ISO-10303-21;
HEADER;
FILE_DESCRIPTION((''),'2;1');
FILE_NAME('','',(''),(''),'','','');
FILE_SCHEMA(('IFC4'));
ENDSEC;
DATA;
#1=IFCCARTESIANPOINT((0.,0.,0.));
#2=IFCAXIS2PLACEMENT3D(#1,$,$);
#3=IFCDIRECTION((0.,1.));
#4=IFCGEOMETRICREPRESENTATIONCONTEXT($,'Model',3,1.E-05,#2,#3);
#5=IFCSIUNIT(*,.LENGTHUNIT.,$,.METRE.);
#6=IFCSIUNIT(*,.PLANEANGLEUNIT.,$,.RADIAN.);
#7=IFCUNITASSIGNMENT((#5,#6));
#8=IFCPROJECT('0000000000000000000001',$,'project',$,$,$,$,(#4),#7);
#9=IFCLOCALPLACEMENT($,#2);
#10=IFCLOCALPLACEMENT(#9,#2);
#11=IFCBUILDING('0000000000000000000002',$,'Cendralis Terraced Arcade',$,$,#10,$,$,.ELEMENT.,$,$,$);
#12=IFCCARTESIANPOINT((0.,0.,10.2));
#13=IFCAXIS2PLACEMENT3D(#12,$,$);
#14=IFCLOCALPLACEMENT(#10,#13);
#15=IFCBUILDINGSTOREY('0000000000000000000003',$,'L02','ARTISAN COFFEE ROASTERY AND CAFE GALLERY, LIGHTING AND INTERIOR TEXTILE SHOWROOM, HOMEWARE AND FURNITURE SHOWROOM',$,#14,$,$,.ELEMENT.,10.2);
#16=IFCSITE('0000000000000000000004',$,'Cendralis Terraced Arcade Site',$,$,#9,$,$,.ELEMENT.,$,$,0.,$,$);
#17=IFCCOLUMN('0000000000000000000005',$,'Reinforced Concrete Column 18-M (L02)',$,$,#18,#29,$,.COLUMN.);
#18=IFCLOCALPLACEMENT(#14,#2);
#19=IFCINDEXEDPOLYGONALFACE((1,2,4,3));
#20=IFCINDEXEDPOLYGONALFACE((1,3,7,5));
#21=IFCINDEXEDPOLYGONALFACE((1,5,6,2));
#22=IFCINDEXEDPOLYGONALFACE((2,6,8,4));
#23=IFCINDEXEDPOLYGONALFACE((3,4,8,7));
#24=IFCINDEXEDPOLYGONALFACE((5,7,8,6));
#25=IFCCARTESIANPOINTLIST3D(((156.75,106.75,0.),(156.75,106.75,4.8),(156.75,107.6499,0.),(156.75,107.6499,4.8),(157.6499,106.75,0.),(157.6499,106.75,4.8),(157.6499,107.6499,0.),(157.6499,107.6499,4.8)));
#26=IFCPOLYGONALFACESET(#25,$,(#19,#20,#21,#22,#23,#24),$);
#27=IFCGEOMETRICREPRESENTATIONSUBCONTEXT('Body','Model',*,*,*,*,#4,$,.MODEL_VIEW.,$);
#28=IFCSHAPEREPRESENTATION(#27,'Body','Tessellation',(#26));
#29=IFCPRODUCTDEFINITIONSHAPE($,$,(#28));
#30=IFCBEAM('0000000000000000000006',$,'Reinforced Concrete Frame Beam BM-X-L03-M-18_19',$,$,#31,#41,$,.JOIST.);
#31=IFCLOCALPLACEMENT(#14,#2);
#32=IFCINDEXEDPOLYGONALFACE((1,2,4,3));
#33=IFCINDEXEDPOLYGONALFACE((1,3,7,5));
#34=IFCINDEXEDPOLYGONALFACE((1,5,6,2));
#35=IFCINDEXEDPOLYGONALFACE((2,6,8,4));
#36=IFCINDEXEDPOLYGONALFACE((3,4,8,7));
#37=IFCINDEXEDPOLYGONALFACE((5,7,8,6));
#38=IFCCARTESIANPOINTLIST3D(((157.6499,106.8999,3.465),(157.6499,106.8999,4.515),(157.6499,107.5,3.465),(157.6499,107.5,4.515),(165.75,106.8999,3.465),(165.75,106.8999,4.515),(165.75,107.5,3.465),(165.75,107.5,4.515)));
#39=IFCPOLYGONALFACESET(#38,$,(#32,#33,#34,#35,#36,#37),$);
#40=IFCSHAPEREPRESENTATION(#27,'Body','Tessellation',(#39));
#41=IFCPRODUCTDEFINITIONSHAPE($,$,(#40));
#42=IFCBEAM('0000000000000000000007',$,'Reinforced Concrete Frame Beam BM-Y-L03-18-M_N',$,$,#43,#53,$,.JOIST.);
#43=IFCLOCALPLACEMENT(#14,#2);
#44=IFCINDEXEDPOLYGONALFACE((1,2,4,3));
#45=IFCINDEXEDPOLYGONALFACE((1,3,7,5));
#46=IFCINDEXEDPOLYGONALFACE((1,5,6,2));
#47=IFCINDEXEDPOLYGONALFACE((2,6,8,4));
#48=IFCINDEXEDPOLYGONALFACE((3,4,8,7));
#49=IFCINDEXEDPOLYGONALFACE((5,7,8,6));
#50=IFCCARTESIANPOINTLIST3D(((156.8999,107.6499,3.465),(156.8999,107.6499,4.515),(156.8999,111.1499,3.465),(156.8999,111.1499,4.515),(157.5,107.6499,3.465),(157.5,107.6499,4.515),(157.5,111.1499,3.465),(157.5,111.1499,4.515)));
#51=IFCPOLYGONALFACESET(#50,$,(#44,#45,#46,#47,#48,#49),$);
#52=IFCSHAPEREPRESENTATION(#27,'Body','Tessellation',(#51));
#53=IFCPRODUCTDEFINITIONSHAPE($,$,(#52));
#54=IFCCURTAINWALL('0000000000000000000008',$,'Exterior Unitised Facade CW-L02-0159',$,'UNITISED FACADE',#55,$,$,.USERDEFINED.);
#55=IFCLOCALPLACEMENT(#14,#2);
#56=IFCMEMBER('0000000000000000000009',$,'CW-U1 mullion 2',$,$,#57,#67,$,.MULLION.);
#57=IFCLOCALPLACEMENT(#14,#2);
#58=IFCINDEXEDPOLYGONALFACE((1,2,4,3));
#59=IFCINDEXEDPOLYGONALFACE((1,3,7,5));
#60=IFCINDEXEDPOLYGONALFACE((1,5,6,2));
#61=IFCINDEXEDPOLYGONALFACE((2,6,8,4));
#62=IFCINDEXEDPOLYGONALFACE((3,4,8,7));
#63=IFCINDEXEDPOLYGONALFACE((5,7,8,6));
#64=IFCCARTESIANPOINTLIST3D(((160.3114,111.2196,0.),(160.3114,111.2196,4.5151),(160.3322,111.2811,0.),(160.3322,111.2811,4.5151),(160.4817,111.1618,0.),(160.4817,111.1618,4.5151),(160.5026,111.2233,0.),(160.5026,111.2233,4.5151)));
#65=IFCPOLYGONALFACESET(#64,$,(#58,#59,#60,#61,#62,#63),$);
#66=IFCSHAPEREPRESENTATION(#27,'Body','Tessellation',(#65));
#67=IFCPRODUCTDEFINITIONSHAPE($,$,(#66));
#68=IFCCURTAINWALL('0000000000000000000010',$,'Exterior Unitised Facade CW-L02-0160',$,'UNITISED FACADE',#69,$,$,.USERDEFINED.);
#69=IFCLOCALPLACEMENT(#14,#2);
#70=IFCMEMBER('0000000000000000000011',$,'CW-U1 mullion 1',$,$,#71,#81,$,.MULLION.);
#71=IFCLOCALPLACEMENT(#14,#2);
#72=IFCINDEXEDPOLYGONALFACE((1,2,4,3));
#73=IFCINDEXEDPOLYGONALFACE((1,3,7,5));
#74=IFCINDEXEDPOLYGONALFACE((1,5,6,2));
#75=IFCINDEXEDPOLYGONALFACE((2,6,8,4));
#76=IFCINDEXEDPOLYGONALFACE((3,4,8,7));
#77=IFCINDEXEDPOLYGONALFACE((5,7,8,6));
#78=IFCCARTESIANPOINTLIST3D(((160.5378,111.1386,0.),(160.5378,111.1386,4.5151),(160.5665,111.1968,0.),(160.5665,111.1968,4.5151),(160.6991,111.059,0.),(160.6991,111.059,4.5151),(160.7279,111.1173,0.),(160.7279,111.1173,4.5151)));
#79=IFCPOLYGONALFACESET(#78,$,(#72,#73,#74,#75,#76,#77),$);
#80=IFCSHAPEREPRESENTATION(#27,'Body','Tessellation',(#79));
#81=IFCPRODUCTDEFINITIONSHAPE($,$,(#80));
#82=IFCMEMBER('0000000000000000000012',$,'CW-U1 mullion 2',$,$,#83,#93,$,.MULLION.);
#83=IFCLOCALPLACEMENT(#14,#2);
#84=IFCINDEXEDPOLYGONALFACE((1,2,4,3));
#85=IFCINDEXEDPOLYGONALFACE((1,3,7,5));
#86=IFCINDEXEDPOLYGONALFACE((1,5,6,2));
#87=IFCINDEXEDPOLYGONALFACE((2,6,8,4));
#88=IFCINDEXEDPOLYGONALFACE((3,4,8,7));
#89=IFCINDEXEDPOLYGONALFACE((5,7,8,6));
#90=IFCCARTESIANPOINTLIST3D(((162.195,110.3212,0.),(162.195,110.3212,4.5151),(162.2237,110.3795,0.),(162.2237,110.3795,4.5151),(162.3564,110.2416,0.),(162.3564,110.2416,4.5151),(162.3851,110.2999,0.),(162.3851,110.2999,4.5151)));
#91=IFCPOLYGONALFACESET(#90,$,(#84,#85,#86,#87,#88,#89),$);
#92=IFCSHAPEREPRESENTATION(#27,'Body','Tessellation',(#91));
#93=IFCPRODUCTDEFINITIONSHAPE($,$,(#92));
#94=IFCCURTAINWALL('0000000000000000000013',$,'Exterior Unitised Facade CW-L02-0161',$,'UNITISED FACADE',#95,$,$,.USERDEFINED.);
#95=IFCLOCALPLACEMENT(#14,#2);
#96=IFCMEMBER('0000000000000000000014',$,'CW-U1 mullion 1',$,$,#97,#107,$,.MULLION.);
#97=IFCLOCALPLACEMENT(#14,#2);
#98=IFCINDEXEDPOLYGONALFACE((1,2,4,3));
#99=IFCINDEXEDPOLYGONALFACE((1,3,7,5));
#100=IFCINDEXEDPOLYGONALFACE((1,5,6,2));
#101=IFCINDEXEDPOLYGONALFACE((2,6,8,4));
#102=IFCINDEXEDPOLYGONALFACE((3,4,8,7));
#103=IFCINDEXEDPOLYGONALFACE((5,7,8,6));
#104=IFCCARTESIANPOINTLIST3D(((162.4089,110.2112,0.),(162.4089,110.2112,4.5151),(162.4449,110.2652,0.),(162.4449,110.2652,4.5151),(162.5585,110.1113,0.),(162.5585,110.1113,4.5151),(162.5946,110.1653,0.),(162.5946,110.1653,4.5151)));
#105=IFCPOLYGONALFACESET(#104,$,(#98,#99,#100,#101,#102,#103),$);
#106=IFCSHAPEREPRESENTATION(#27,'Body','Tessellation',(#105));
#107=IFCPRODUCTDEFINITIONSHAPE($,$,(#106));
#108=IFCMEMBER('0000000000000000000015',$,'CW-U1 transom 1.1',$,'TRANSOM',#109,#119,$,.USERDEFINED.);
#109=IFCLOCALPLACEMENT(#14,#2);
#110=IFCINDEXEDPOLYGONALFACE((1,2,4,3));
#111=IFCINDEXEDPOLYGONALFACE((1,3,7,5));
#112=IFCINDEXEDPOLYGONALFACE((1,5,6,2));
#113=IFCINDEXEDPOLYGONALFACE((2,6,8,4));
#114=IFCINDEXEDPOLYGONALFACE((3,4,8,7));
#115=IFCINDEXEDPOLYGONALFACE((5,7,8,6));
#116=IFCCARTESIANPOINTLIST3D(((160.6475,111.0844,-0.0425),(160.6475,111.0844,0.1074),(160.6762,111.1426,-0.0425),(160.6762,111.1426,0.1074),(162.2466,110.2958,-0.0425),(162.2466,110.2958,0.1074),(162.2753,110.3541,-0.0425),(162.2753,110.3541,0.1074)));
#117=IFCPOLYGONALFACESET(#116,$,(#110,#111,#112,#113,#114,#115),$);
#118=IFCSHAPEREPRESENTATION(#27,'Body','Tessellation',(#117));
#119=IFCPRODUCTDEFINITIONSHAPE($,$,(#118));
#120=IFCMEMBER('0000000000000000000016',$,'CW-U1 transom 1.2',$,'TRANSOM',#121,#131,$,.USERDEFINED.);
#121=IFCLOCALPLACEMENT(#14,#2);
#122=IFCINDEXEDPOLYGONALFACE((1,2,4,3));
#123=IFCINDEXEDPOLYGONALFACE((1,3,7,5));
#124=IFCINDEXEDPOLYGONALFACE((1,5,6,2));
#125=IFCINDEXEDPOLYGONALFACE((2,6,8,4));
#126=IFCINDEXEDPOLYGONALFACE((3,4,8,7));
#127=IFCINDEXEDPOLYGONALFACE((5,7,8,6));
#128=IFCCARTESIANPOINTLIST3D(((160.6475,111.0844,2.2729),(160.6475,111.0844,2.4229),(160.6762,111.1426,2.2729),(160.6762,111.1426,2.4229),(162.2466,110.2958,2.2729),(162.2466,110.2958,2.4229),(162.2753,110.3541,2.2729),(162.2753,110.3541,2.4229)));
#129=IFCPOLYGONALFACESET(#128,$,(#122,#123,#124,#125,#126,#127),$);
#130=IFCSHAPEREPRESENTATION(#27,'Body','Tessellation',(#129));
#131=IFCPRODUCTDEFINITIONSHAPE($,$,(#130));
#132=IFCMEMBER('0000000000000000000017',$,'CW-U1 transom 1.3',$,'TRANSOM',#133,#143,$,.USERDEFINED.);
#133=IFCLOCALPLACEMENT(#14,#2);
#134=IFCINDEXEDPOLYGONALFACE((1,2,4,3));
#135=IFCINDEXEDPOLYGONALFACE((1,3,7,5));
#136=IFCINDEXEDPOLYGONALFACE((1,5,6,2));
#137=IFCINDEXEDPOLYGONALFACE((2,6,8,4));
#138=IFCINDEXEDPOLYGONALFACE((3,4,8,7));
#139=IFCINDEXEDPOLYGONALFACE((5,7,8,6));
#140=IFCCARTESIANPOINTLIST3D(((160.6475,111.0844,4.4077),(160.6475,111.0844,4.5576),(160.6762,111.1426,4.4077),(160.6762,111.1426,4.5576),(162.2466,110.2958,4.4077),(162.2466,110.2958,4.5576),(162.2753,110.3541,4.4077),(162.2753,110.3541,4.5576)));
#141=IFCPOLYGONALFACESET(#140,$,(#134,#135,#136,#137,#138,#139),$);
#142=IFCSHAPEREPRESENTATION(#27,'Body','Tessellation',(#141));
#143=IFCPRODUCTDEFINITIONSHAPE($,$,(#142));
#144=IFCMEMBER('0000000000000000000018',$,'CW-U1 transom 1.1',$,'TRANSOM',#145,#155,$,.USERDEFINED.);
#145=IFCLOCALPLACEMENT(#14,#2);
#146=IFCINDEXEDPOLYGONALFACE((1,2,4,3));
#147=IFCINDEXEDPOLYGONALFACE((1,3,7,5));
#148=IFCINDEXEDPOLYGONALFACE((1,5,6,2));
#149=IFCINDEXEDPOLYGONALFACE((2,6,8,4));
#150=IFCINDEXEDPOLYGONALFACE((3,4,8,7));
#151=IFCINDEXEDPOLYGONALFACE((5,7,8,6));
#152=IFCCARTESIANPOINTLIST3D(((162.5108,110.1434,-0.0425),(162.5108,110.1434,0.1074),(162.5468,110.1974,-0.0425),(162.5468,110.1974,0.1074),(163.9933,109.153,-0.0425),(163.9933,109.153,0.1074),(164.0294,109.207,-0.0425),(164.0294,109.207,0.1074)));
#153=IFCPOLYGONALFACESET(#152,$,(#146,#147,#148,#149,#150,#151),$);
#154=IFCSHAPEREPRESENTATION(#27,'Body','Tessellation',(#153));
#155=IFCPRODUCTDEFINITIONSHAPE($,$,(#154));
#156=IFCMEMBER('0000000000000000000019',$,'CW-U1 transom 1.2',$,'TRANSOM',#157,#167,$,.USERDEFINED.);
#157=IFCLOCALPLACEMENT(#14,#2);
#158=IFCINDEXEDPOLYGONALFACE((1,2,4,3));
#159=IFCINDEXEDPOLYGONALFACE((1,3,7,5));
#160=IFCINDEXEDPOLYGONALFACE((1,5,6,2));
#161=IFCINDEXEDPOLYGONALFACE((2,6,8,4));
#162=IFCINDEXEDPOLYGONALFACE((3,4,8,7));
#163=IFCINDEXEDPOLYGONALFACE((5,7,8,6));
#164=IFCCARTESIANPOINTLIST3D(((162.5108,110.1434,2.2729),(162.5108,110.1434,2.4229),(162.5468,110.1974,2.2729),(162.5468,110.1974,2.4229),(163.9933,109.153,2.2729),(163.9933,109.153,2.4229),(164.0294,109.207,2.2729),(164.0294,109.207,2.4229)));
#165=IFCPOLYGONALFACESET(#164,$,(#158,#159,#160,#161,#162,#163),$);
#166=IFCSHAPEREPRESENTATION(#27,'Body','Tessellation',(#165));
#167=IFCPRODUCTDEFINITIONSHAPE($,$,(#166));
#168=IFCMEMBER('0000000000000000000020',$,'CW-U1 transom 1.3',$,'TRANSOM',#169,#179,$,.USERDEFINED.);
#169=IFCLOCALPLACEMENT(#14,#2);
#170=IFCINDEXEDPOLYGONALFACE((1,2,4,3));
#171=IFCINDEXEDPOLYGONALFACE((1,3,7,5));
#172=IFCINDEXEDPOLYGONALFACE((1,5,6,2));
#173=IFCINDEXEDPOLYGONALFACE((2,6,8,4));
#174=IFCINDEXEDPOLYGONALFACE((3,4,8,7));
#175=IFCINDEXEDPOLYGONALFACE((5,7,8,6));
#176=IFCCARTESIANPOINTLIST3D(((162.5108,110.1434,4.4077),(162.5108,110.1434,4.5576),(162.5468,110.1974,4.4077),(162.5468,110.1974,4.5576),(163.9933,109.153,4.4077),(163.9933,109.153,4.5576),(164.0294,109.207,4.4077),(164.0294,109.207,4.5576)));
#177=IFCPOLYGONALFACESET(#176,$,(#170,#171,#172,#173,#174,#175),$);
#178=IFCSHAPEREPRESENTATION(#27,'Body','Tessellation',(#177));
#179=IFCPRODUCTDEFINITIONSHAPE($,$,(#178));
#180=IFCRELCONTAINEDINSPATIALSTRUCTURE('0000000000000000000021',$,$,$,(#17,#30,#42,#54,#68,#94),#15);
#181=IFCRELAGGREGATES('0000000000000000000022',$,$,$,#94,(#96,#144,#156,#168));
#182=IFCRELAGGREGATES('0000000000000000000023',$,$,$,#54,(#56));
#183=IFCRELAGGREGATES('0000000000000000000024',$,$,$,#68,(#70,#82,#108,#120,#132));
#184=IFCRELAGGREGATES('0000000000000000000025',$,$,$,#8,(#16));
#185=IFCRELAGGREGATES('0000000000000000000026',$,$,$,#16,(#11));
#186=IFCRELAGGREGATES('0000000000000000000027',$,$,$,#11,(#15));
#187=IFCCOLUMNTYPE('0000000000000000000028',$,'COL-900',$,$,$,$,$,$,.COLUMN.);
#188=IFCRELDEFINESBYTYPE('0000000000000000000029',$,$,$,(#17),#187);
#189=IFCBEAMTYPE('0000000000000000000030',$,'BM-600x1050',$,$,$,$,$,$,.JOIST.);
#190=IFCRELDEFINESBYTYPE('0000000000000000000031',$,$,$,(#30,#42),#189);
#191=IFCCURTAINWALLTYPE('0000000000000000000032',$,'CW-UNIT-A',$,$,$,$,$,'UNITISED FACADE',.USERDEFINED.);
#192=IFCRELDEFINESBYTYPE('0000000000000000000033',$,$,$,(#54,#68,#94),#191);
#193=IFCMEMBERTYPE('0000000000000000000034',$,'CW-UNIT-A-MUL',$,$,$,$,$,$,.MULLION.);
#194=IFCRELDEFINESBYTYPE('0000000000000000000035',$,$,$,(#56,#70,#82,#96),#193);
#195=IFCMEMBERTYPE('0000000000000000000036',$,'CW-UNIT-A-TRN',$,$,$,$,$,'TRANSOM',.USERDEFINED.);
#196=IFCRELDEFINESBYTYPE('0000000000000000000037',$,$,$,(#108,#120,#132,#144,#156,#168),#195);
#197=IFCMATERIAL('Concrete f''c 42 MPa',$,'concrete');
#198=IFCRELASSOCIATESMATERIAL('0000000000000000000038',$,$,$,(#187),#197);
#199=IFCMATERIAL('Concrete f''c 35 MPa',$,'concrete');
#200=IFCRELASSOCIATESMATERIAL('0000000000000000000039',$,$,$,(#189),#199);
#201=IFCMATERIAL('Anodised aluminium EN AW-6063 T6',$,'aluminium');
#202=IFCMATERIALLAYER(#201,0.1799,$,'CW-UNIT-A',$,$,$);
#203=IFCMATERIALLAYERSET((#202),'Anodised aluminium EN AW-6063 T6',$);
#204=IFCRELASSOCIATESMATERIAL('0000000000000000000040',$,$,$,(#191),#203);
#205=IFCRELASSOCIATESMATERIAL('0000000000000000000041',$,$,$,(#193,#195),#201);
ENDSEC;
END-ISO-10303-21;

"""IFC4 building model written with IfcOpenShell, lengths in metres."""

from ifc_helpers import new_model, si_unit, direction, frame, origin, origin_2d, place, context, subcontext, project, spatial, rectangle, extrude, material, layer, layer_set, material_profile, profile_set, type_object, element, aggregate, save


model = new_model("IFC4")

# Units and contexts
model_context = context("Model", 3, precision=1e-05, world=origin(), true_north=direction((0.0, 1.0)))
body_context = subcontext(model_context, "Body", "Model", "MODEL_VIEW")
ifc_project = project(units=[si_unit("LENGTHUNIT", "METRE"), si_unit("PLANEANGLEUNIT", "RADIAN")], contexts=[model_context])

# Site, building, storey
site_placement = place(None, origin())
site = spatial("IfcSite", under=ifc_project, at=site_placement, Name="Cendralis Terraced Arcade Site", CompositionType="ELEMENT", RefElevation=0.0)
building_placement = place(site_placement, origin())
building = spatial("IfcBuilding", under=site, at=building_placement, Name="Cendralis Terraced Arcade", CompositionType="ELEMENT")
storey_placement = place(building_placement, frame((0.0, 0.0, 10.2)))
storey = spatial("IfcBuildingStorey", under=building, at=storey_placement, Name="L02", Description="ARTISAN COFFEE ROASTERY AND CAFE GALLERY, LIGHTING AND INTERIOR TEXTILE SHOWROOM, HOMEWARE AND FURNITURE SHOWROOM", CompositionType="ELEMENT", Elevation=10.2)

# Column
ifc_material_1 = material(Name="Concrete f'c 42 MPa", Category="concrete")
ifc_material_profile_1 = material_profile(ifc_material_1, rectangle(XDim=0.8999, YDim=0.8999, at=origin_2d()), Name="RC-COL-900x900", Category="LoadBearing")
ifc_profile_set_1 = profile_set([ifc_material_profile_1], Name="Concrete f'c 42 MPa")
column_type = type_object("IfcColumnType", Name="COL-900", PredefinedType="COLUMN", material=ifc_profile_set_1)
column_placement = place(storey_placement, frame((157.2, 107.2, 0.0), z_axis=(0.0, 0.0, 1.0), x_axis=(1.0, 0.0, 0.0)))
element("IfcColumn", 1, at=column_placement, inside=storey, type_object=column_type, Name="Reinforced Concrete Column 18-M (L02)", PredefinedType="COLUMN", context=body_context, shape_type="SweptSolid", body=[
    extrude(rectangle(XDim=0.8999, YDim=0.8999, at=origin_2d()), origin(), (0.0, 0.0, 1.0), 4.8),
])

# Beams
ifc_material_2 = material(Name="Concrete f'c 35 MPa", Category="concrete")
ifc_material_profile_2 = material_profile(ifc_material_2, rectangle(XDim=0.6001, YDim=1.05, at=origin_2d()), Name="RC-BM-600x1050", Category="LoadBearing")
ifc_profile_set_2 = profile_set([ifc_material_profile_2], Name="Concrete f'c 35 MPa")
beam_type = type_object("IfcBeamType", Name="BM-600x1050", PredefinedType="JOIST", material=ifc_profile_set_2)
beam_1_placement = place(storey_placement, frame((157.6499, 107.2, 3.99), z_axis=(1.0, 0.0, 0.0), x_axis=(0.0, 1.0, 0.0)))
element("IfcBeam", 2, at=beam_1_placement, inside=storey, type_object=beam_type, Name="Reinforced Concrete Frame Beam BM-X-L03-M-18_19", PredefinedType="JOIST", context=body_context, shape_type="SweptSolid", body=[
    extrude(rectangle(XDim=0.6001, YDim=1.05, at=origin_2d()), origin(), (0.0, 0.0, 1.0), 8.1001),
])
beam_2_placement = place(storey_placement, frame((157.2, 107.6499, 3.99), z_axis=(0.0, 1.0, 0.0), x_axis=(-1.0, 0.0, 0.0)))
element("IfcBeam", 3, at=beam_2_placement, inside=storey, type_object=beam_type, Name="Reinforced Concrete Frame Beam BM-Y-L03-18-M_N", PredefinedType="JOIST", context=body_context, shape_type="SweptSolid", body=[
    extrude(rectangle(XDim=0.6001, YDim=1.05, at=origin_2d()), origin(), (0.0, 0.0, 1.0), 3.5),
])

# Curtain wall, member
ifc_material_3 = material(Name="Anodised aluminium EN AW-6063 T6", Category="aluminium")
ifc_layer_1 = layer(ifc_material_3, 0.1799, Name="CW-UNIT-A")
ifc_layer_set_1 = layer_set([ifc_layer_1], Name="Anodised aluminium EN AW-6063 T6")
curtain_wall_type = type_object("IfcCurtainWallType", Name="CW-UNIT-A", ElementType="UNITISED FACADE", PredefinedType="USERDEFINED", material=ifc_layer_set_1)
curtain_wall_1_placement = place(storey_placement, origin())
curtain_wall_1 = element("IfcCurtainWall", 4, at=curtain_wall_1_placement, inside=storey, type_object=curtain_wall_type, Name="Exterior Unitised Facade CW-L02-0159", ObjectType="UNITISED FACADE", PredefinedType="USERDEFINED")
ifc_material_profile_3 = material_profile(ifc_material_3, rectangle(XDim=0.0649, YDim=0.1799, at=origin_2d()), Name="ALU-MUL-65x180")
ifc_profile_set_3 = profile_set([ifc_material_profile_3], Name="Anodised aluminium EN AW-6063 T6")
member_type_1 = type_object("IfcMemberType", Name="CW-UNIT-A-MUL", PredefinedType="MULLION", material=ifc_profile_set_3)
member_1_placement = place(storey_placement, frame((160.407, 111.2214, 0.0), z_axis=(0.0, 0.0, 1.0), x_axis=(0.321445, 0.946928, 0.0)))
member_1 = element("IfcMember", 5, at=member_1_placement, type_object=member_type_1, Name="CW-U1 mullion 2", PredefinedType="MULLION", context=body_context, shape_type="SweptSolid", body=[
    extrude(rectangle(XDim=0.0649, YDim=0.1799, at=origin_2d()), origin(), (0.0, 0.0, 1.0), 4.5151),
])

# Curtain wall, members
curtain_wall_2_placement = place(storey_placement, origin())
curtain_wall_2 = element("IfcCurtainWall", 6, at=curtain_wall_2_placement, inside=storey, type_object=curtain_wall_type, Name="Exterior Unitised Facade CW-L02-0160", ObjectType="UNITISED FACADE", PredefinedType="USERDEFINED")
member_2_placement = place(storey_placement, frame((160.6328, 111.1279, 0.0), z_axis=(0.0, 0.0, 1.0), x_axis=(0.442293, 0.896871, 0.0)))
member_2 = element("IfcMember", 7, at=member_2_placement, type_object=member_type_1, Name="CW-U1 mullion 1", PredefinedType="MULLION", context=body_context, shape_type="SweptSolid", body=[
    extrude(rectangle(XDim=0.0649, YDim=0.1799, at=origin_2d()), origin(), (0.0, 0.0, 1.0), 4.5151),
])
member_3_placement = place(storey_placement, frame((162.29, 110.3105, 0.0), z_axis=(0.0, 0.0, 1.0), x_axis=(0.442293, 0.896871, 0.0)))
member_3 = element("IfcMember", 8, at=member_3_placement, type_object=member_type_1, Name="CW-U1 mullion 2", PredefinedType="MULLION", context=body_context, shape_type="SweptSolid", body=[
    extrude(rectangle(XDim=0.0649, YDim=0.1799, at=origin_2d()), origin(), (0.0, 0.0, 1.0), 4.5151),
])

# Curtain wall, member
curtain_wall_3_placement = place(storey_placement, origin())
curtain_wall_3 = element("IfcCurtainWall", 9, at=curtain_wall_3_placement, inside=storey, type_object=curtain_wall_type, Name="Exterior Unitised Facade CW-L02-0161", ObjectType="UNITISED FACADE", PredefinedType="USERDEFINED")
member_4_placement = place(storey_placement, frame((162.5017, 110.1882, 0.0), z_axis=(0.0, 0.0, 1.0), x_axis=(0.555532, 0.831495, 0.0)))
member_4 = element("IfcMember", 10, at=member_4_placement, type_object=member_type_1, Name="CW-U1 mullion 1", PredefinedType="MULLION", context=body_context, shape_type="SweptSolid", body=[
    extrude(rectangle(XDim=0.0649, YDim=0.1799, at=origin_2d()), origin(), (0.0, 0.0, 1.0), 4.5151),
])

# Members
ifc_material_profile_4 = material_profile(ifc_material_3, rectangle(XDim=0.0649, YDim=0.1499, at=origin_2d()), Name="ALU-TRN-65x150")
ifc_profile_set_4 = profile_set([ifc_material_profile_4], Name="Anodised aluminium EN AW-6063 T6")
member_type_2 = type_object("IfcMemberType", Name="CW-UNIT-A-TRN", ElementType="TRANSOM", PredefinedType="USERDEFINED", material=ifc_profile_set_4)
member_5_placement = place(storey_placement, frame((160.6619, 111.1135, 0.0325), z_axis=(0.896878, -0.442277, 0.0), x_axis=(0.442277, 0.896878, 0.0)))
member_5 = element("IfcMember", 11, at=member_5_placement, type_object=member_type_2, Name="CW-U1 transom 1.1", ObjectType="TRANSOM", PredefinedType="USERDEFINED", context=body_context, shape_type="SweptSolid", body=[
    extrude(rectangle(XDim=0.0649, YDim=0.1499, at=origin_2d()), origin(), (0.0, 0.0, 1.0), 1.783),
])
member_6_placement = place(storey_placement, frame((160.6619, 111.1135, 2.3479), z_axis=(0.896878, -0.442277, 0.0), x_axis=(0.442277, 0.896878, 0.0)))
member_6 = element("IfcMember", 12, at=member_6_placement, type_object=member_type_2, Name="CW-U1 transom 1.2", ObjectType="TRANSOM", PredefinedType="USERDEFINED", context=body_context, shape_type="SweptSolid", body=[
    extrude(rectangle(XDim=0.0649, YDim=0.1499, at=origin_2d()), origin(), (0.0, 0.0, 1.0), 1.783),
])
member_7_placement = place(storey_placement, frame((160.6619, 111.1135, 4.4827), z_axis=(0.896878, -0.442277, 0.0), x_axis=(0.442277, 0.896878, 0.0)))
member_7 = element("IfcMember", 13, at=member_7_placement, type_object=member_type_2, Name="CW-U1 transom 1.3", ObjectType="TRANSOM", PredefinedType="USERDEFINED", context=body_context, shape_type="SweptSolid", body=[
    extrude(rectangle(XDim=0.0649, YDim=0.1499, at=origin_2d()), origin(), (0.0, 0.0, 1.0), 1.783),
])
member_8_placement = place(storey_placement, frame((162.5288, 110.1704, 0.0325), z_axis=(0.831523, -0.55549, 0.0), x_axis=(0.55549, 0.831523, 0.0)))
member_8 = element("IfcMember", 14, at=member_8_placement, type_object=member_type_2, Name="CW-U1 transom 1.1", ObjectType="TRANSOM", PredefinedType="USERDEFINED", context=body_context, shape_type="SweptSolid", body=[
    extrude(rectangle(XDim=0.0649, YDim=0.1499, at=origin_2d()), origin(), (0.0, 0.0, 1.0), 1.783),
])
member_9_placement = place(storey_placement, frame((162.5288, 110.1704, 2.3479), z_axis=(0.831523, -0.55549, 0.0), x_axis=(0.55549, 0.831523, 0.0)))
member_9 = element("IfcMember", 15, at=member_9_placement, type_object=member_type_2, Name="CW-U1 transom 1.2", ObjectType="TRANSOM", PredefinedType="USERDEFINED", context=body_context, shape_type="SweptSolid", body=[
    extrude(rectangle(XDim=0.0649, YDim=0.1499, at=origin_2d()), origin(), (0.0, 0.0, 1.0), 1.783),
])
member_10_placement = place(storey_placement, frame((162.5288, 110.1704, 4.4827), z_axis=(0.831523, -0.55549, 0.0), x_axis=(0.55549, 0.831523, 0.0)))
member_10 = element("IfcMember", 16, at=member_10_placement, type_object=member_type_2, Name="CW-U1 transom 1.3", ObjectType="TRANSOM", PredefinedType="USERDEFINED", context=body_context, shape_type="SweptSolid", body=[
    extrude(rectangle(XDim=0.0649, YDim=0.1499, at=origin_2d()), origin(), (0.0, 0.0, 1.0), 1.783),
])
aggregate(curtain_wall_3, [member_4, member_8, member_9, member_10])

aggregate(curtain_wall_1, [member_1])
aggregate(curtain_wall_2, [member_2, member_3, member_5, member_6, member_7])

save(model, "model.ifc")
